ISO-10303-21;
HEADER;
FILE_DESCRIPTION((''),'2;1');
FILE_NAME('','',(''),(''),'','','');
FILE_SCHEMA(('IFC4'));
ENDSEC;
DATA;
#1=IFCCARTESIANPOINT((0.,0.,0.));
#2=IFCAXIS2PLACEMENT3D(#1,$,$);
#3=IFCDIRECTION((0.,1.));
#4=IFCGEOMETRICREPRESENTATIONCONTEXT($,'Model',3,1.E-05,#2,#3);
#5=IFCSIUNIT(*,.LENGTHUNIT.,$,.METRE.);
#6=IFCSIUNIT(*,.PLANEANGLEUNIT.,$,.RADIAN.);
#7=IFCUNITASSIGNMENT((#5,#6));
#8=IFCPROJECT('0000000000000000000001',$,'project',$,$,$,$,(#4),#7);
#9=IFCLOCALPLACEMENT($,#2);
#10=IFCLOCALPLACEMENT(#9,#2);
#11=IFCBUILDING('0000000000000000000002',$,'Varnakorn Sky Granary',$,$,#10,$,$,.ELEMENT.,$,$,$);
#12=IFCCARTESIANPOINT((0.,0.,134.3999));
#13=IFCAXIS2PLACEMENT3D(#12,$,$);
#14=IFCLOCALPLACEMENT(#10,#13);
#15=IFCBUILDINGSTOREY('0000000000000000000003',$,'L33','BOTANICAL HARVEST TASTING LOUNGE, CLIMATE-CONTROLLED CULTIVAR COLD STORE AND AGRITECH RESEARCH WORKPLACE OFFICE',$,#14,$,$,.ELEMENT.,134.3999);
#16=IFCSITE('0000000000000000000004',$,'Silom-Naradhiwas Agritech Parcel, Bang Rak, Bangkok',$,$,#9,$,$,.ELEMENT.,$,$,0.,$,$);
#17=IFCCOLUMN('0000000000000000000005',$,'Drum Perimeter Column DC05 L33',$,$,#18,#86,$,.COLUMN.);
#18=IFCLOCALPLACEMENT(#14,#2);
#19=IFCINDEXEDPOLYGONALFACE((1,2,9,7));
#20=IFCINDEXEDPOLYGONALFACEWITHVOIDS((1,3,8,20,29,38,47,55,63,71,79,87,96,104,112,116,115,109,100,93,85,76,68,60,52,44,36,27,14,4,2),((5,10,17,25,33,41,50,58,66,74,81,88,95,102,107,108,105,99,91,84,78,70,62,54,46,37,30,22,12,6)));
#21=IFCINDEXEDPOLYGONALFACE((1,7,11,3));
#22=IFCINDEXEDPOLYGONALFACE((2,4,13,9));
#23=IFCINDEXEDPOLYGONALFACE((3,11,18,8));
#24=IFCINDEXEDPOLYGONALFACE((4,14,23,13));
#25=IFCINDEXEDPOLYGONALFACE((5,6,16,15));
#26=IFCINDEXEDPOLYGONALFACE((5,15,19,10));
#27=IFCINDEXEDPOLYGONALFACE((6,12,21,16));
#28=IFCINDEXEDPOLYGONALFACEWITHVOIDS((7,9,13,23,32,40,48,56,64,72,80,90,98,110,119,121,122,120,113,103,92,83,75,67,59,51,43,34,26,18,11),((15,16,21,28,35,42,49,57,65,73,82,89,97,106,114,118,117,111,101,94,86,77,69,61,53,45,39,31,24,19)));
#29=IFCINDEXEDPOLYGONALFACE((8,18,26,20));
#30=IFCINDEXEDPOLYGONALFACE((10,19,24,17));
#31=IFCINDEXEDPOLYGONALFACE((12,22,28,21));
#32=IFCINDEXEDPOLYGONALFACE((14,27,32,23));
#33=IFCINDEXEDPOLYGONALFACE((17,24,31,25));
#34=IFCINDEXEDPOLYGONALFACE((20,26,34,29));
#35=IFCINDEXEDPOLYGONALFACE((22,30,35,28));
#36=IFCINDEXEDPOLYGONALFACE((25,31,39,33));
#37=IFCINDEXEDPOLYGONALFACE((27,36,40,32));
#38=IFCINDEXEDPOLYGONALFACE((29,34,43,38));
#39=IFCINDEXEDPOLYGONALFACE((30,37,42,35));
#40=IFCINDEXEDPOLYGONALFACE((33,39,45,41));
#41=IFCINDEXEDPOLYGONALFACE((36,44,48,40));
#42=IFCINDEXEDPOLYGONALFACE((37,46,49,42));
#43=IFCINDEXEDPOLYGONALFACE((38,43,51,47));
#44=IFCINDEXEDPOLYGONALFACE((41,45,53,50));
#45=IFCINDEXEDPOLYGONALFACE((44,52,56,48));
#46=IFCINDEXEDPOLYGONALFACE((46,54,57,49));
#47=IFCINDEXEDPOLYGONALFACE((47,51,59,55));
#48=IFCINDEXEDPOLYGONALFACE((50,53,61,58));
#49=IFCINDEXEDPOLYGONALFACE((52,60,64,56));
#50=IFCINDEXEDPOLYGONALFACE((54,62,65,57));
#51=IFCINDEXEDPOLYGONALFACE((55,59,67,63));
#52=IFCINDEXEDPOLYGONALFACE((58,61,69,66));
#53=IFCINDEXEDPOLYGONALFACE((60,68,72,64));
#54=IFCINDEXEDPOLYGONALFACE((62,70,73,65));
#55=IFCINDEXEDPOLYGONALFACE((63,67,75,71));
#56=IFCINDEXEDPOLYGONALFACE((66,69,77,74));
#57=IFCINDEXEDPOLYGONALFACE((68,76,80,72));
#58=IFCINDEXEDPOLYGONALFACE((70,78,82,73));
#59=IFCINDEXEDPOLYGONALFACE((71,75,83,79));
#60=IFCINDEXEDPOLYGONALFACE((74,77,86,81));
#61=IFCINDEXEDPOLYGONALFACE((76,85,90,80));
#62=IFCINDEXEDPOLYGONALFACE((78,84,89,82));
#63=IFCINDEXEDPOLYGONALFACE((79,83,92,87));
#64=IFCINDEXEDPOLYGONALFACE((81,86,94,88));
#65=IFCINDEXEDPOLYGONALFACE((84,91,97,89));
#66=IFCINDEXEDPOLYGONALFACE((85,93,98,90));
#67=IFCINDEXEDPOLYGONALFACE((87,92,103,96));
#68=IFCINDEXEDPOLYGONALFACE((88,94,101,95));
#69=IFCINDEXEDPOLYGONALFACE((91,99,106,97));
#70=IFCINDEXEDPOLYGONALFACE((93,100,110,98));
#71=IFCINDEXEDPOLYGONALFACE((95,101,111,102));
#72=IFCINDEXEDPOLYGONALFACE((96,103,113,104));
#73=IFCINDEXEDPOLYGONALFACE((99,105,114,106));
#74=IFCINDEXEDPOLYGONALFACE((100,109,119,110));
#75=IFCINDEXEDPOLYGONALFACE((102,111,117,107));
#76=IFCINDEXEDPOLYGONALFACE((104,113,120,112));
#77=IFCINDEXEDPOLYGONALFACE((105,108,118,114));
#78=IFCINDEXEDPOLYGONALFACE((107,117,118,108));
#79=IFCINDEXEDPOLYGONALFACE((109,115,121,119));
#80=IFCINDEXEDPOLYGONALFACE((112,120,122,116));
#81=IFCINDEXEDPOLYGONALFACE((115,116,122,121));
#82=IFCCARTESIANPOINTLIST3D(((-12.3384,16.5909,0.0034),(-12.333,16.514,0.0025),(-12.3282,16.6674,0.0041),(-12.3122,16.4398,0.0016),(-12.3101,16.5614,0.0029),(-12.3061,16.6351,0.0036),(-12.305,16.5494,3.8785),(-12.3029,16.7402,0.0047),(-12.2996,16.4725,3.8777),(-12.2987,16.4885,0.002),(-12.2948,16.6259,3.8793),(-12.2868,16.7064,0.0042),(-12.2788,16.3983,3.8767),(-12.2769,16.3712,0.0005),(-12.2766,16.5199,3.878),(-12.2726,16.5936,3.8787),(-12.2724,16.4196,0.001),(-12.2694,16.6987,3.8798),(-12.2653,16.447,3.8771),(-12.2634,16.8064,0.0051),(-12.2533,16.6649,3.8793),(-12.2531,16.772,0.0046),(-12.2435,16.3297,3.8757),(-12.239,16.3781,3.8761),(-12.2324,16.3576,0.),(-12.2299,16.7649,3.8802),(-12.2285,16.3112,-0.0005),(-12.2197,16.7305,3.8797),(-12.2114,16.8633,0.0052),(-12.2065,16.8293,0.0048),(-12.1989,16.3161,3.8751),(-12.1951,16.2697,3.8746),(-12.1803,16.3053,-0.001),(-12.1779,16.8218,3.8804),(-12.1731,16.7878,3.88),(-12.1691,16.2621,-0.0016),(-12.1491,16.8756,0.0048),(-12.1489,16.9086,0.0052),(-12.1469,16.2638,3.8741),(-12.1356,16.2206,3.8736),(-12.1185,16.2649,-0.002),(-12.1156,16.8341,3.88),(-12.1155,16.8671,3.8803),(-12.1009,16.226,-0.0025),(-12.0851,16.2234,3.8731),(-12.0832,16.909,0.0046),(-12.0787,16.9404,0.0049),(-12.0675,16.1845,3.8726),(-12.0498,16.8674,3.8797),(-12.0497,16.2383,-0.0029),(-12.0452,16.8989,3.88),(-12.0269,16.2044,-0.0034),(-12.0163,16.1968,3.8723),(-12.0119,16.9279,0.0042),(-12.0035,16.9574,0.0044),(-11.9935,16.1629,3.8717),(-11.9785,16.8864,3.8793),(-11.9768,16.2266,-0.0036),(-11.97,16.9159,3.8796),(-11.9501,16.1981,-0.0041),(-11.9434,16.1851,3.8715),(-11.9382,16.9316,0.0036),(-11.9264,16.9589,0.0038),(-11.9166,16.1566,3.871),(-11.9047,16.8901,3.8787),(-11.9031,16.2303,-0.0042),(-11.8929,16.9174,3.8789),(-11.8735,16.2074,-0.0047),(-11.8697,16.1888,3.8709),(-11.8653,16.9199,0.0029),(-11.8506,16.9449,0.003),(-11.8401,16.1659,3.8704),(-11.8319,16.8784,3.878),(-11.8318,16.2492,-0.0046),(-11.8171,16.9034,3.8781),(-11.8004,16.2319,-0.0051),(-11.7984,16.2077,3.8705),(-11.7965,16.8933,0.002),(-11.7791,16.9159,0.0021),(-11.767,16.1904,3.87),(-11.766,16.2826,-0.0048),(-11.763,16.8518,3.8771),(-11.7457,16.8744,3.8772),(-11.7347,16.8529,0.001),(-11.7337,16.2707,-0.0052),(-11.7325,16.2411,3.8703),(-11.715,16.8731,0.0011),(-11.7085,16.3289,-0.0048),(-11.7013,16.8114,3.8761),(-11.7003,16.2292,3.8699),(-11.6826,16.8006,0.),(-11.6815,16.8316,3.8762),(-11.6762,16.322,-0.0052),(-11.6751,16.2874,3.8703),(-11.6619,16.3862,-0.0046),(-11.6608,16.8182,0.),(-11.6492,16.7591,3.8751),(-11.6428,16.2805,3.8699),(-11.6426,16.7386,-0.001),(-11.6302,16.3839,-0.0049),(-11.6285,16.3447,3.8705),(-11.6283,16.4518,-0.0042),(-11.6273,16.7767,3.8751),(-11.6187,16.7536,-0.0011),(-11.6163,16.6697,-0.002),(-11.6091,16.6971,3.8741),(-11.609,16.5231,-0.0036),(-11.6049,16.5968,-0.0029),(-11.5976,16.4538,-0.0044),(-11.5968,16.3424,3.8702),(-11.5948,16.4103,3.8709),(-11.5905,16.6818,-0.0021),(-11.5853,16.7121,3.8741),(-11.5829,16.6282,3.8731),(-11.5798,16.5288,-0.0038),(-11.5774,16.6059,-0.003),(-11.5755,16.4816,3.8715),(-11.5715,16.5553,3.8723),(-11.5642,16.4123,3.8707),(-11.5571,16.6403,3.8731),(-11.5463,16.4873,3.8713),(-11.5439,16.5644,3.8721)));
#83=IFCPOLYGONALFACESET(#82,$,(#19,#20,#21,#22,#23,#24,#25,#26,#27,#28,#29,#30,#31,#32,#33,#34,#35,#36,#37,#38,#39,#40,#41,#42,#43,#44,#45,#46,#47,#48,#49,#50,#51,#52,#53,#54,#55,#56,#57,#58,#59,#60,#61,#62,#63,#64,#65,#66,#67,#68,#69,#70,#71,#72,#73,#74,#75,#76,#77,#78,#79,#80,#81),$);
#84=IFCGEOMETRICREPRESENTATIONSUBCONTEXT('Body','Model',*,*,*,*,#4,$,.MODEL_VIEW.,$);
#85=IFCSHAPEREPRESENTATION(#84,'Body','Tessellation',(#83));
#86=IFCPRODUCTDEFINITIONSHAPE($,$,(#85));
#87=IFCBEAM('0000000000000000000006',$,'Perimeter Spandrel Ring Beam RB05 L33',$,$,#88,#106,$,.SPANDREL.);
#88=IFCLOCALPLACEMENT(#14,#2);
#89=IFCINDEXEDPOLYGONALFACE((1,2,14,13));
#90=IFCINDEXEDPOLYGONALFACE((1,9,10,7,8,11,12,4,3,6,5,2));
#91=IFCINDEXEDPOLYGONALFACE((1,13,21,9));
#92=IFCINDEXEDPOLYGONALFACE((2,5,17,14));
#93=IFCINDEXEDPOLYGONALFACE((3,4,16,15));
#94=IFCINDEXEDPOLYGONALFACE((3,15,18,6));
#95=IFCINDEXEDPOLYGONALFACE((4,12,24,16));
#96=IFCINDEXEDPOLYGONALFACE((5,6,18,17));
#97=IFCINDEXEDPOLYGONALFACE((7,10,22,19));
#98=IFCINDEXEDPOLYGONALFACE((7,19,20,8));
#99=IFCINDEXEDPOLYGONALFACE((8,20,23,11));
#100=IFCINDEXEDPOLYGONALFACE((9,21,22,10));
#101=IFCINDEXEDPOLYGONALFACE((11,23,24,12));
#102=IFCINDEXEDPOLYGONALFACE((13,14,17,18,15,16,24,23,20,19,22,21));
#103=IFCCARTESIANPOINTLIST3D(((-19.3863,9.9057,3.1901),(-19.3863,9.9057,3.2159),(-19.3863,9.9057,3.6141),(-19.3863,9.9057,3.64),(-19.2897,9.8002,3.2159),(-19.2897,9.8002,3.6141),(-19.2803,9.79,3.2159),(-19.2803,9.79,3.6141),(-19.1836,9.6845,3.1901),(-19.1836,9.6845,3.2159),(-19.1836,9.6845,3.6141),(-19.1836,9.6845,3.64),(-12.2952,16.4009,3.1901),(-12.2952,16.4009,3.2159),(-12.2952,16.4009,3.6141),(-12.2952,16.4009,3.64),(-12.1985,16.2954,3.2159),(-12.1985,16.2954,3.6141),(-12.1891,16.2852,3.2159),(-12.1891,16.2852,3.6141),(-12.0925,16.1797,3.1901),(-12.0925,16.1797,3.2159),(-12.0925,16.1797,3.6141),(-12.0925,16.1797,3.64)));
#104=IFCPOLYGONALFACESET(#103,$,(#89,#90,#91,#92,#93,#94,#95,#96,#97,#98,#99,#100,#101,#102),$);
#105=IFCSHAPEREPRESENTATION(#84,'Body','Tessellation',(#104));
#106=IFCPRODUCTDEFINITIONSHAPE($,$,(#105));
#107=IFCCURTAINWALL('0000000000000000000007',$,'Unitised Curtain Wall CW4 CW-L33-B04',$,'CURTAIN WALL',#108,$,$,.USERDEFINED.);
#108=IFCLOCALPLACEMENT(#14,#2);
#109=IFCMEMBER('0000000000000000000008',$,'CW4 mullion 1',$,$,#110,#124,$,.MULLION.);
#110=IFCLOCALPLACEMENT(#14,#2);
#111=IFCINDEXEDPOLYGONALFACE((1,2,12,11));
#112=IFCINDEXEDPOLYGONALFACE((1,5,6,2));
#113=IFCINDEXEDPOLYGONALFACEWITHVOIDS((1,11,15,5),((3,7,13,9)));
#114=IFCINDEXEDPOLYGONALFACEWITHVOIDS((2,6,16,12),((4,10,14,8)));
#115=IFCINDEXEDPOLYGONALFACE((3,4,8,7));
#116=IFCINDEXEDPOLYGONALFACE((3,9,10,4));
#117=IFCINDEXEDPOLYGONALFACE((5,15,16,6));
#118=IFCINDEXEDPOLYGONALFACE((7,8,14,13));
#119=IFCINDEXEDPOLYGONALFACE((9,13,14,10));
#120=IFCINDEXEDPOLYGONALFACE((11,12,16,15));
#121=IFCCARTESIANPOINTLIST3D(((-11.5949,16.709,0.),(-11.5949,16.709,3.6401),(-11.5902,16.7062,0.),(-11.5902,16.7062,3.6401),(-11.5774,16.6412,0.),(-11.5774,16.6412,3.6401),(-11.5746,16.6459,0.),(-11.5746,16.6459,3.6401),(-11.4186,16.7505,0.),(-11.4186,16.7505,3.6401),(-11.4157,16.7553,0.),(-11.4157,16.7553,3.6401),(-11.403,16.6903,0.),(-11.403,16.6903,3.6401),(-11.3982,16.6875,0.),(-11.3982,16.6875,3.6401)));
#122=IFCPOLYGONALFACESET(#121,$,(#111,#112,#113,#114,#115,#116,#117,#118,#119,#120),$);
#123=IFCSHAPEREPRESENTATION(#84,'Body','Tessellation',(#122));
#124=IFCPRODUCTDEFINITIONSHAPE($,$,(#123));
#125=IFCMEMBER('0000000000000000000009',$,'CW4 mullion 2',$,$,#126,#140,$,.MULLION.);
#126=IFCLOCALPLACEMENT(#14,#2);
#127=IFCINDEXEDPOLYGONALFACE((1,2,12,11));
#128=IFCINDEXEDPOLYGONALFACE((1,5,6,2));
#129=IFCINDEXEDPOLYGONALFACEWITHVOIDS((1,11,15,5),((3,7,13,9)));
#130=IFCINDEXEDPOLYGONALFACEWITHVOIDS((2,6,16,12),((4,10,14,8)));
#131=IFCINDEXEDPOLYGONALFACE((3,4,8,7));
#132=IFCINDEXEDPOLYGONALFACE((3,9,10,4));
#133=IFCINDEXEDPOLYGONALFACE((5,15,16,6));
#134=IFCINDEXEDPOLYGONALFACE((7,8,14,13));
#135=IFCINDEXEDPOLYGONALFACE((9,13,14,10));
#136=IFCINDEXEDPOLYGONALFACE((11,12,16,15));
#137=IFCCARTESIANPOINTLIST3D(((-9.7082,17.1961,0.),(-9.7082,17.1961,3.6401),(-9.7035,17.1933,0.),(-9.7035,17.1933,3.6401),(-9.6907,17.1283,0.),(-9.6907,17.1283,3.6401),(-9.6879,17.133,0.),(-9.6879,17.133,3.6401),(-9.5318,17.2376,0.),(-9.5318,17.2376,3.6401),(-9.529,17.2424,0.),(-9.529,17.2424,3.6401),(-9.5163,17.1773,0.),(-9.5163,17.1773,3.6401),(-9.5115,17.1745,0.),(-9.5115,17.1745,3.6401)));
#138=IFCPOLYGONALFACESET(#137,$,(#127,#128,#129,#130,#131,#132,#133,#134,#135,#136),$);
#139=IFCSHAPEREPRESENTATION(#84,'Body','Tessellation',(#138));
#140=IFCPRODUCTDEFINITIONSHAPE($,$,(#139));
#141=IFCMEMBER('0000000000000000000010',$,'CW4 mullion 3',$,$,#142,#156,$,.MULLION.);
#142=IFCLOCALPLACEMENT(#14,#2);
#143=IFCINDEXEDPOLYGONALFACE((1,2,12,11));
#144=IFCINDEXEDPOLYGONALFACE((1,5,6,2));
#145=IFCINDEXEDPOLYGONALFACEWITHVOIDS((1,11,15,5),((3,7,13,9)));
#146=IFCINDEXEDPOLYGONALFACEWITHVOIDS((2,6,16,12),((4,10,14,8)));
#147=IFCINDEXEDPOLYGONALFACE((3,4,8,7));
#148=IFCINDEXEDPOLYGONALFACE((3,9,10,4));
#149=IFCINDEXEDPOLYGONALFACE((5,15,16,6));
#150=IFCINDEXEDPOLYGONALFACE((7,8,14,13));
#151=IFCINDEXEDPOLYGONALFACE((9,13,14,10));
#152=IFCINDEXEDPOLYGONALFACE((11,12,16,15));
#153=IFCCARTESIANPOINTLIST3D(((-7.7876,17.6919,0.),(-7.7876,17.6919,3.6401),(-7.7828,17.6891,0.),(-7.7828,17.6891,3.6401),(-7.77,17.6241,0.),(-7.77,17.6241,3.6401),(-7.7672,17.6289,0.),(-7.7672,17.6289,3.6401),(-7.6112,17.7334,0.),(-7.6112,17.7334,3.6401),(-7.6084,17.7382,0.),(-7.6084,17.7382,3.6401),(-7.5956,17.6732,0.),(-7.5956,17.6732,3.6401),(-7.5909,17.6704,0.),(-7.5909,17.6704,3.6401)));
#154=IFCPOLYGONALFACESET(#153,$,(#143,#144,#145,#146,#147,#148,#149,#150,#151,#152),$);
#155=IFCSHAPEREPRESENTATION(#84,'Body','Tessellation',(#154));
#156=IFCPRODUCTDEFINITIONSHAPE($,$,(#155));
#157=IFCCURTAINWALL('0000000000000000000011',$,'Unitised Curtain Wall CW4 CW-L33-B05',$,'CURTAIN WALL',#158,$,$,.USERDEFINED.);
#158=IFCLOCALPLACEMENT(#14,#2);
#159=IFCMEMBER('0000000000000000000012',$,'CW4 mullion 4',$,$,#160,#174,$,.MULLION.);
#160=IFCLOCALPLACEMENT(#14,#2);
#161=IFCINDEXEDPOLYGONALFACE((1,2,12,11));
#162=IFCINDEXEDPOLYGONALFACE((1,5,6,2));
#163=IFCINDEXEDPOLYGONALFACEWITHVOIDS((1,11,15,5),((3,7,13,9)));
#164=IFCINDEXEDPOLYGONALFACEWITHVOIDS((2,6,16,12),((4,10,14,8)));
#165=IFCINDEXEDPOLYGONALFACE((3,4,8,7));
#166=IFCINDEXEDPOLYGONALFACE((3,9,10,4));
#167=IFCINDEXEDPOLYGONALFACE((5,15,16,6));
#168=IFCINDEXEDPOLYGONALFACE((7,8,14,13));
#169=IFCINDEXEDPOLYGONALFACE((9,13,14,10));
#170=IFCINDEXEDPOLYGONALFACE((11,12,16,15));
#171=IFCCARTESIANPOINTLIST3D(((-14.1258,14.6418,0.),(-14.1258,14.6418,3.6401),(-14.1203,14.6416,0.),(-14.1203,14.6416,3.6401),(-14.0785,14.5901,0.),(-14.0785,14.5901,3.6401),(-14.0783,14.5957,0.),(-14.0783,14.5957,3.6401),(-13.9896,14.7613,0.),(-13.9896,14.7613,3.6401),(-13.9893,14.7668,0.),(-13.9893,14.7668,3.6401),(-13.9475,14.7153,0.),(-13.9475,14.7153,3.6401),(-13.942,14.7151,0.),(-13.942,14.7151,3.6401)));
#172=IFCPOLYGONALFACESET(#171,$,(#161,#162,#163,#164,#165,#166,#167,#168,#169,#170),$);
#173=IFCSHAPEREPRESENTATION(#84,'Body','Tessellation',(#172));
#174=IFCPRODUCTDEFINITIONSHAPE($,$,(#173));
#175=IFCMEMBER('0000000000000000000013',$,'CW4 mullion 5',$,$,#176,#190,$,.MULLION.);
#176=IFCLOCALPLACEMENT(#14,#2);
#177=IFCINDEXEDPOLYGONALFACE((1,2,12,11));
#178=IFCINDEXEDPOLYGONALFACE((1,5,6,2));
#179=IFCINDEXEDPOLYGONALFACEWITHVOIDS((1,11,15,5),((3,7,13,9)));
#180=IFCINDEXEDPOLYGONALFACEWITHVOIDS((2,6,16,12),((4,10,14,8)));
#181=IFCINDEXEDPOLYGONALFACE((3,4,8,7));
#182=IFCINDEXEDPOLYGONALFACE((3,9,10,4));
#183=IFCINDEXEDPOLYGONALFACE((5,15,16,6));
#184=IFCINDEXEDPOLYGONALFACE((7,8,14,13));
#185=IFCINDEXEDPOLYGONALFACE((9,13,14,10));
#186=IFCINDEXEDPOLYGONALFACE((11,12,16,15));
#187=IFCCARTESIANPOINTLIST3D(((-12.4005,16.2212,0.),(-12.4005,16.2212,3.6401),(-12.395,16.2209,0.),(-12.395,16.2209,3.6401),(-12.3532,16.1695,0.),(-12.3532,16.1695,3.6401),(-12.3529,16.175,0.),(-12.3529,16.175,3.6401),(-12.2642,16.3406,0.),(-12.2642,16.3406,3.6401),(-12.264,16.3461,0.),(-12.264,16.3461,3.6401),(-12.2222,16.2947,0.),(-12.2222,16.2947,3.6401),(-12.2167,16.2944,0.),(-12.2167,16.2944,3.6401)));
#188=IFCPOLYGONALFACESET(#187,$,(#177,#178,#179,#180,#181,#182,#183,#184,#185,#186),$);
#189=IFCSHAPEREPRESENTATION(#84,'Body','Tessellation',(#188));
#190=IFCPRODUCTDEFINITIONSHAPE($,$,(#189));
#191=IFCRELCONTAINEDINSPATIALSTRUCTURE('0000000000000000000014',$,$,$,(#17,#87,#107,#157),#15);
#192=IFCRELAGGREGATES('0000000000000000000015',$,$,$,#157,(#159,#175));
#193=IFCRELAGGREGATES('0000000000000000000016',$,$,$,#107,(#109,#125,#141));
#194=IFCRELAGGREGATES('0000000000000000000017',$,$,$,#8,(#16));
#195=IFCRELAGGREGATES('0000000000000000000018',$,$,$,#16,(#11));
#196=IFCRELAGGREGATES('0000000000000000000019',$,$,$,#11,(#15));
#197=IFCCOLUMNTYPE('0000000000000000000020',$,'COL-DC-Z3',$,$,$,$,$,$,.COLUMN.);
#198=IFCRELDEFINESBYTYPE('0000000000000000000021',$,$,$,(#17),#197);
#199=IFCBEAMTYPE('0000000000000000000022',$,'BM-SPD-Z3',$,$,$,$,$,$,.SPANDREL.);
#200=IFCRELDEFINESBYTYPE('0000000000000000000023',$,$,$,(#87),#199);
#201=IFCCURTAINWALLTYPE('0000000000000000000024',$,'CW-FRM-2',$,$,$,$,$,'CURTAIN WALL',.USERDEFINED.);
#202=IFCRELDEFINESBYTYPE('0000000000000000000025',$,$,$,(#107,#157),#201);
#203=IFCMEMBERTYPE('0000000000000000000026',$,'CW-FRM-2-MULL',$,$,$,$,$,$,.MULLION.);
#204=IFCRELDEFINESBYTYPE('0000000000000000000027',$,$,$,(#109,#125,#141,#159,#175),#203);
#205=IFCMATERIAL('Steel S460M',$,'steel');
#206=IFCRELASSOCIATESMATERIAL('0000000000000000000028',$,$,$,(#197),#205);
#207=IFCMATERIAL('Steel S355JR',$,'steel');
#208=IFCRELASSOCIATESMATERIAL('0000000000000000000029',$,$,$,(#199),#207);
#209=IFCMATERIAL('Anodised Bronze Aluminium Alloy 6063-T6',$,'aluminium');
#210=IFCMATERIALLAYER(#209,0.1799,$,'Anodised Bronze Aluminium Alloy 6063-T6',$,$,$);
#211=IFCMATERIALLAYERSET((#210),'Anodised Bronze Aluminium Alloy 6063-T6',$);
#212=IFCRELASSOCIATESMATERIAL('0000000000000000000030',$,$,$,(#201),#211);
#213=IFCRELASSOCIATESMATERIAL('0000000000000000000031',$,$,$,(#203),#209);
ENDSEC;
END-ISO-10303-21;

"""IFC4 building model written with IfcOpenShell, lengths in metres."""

from ifc_helpers import new_model, si_unit, direction, frame, origin, origin_2d, place, context, subcontext, project, spatial, hollow_rectangle, hollow_circle, i_section, extrude, material, layer, layer_set, material_profile, profile_set, type_object, element, aggregate, save


model = new_model("IFC4")

# Units and contexts
model_context = context("Model", 3, precision=1e-05, world=origin(), true_north=direction((0.0, 1.0)))
body_context = subcontext(model_context, "Body", "Model", "MODEL_VIEW")
ifc_project = project(units=[si_unit("LENGTHUNIT", "METRE"), si_unit("PLANEANGLEUNIT", "RADIAN")], contexts=[model_context])

# Site, building, storey
site_placement = place(None, origin())
site = spatial("IfcSite", under=ifc_project, at=site_placement, Name="Silom-Naradhiwas Agritech Parcel, Bang Rak, Bangkok", CompositionType="ELEMENT", RefElevation=0.0)
building_placement = place(site_placement, origin())
building = spatial("IfcBuilding", under=site, at=building_placement, Name="Varnakorn Sky Granary", CompositionType="ELEMENT")
storey_placement = place(building_placement, frame((0.0, 0.0, 134.3999)))
storey = spatial("IfcBuildingStorey", under=building, at=storey_placement, Name="L33", Description="BOTANICAL HARVEST TASTING LOUNGE, CLIMATE-CONTROLLED CULTIVAR COLD STORE AND AGRITECH RESEARCH WORKPLACE OFFICE", CompositionType="ELEMENT", Elevation=134.3999)

# Column
ifc_material_1 = material(Name="Steel S460M", Category="steel")
ifc_material_profile_1 = material_profile(ifc_material_1, hollow_circle(Radius=0.3811, WallThickness=0.0281, at=origin_2d()), Name="CHS 762x28")
ifc_profile_set_1 = profile_set([ifc_material_profile_1], Name="Steel S460M")
column_type = type_object("IfcColumnType", Name="COL-DC-Z3", PredefinedType="COLUMN", material=ifc_profile_set_1)
column_placement = place(storey_placement, frame((-11.9575, 16.5791, 0.0), z_axis=(0.008631, -0.01071, 0.999905), x_axis=(0.77863, 0.627484, 0.0)))
element("IfcColumn", 1, at=column_placement, inside=storey, type_object=column_type, Name="Drum Perimeter Column DC05 L33", PredefinedType="COLUMN", context=body_context, shape_type="SweptSolid", body=[
    extrude(hollow_circle(Radius=0.3811, WallThickness=0.0281, at=origin_2d()), origin(), (0.0, 0.0, 1.0), 3.8755),
])

# Beam
ifc_material_2 = material(Name="Steel S355JR", Category="steel")
ifc_material_profile_2 = material_profile(ifc_material_2, i_section(OverallWidth=0.3, OverallDepth=0.45, WebThickness=0.0139, FlangeThickness=0.0259, at=origin_2d()), Name="HE 450 B")
ifc_profile_set_2 = profile_set([ifc_material_profile_2], Name="Steel S355JR")
beam_type = type_object("IfcBeamType", Name="BM-SPD-Z3", PredefinedType="SPANDREL", material=ifc_profile_set_2)
beam_placement = place(storey_placement, frame((-12.1938, 16.2903, 3.415), z_axis=(-0.737414, -0.675441, 0.0), x_axis=(0.675441, -0.737414, 0.0)))
element("IfcBeam", 2, at=beam_placement, inside=storey, type_object=beam_type, Name="Perimeter Spandrel Ring Beam RB05 L33", PredefinedType="SPANDREL", context=body_context, shape_type="SweptSolid", body=[
    extrude(i_section(OverallWidth=0.3, OverallDepth=0.45, WebThickness=0.0139, FlangeThickness=0.0259, at=origin_2d()), origin(), (0.0, 0.0, 1.0), 9.6162),
])

# Curtain walls, members
ifc_material_3 = material(Name="Anodised Bronze Aluminium Alloy 6063-T6", Category="aluminium")
ifc_layer_1 = layer(ifc_material_3, 0.1799, Name="Anodised Bronze Aluminium Alloy 6063-T6")
ifc_layer_set_1 = layer_set([ifc_layer_1], Name="Anodised Bronze Aluminium Alloy 6063-T6")
curtain_wall_type = type_object("IfcCurtainWallType", Name="CW-FRM-2", ElementType="CURTAIN WALL", PredefinedType="USERDEFINED", material=ifc_layer_set_1)
curtain_wall_1_placement = place(storey_placement, origin())
curtain_wall_1 = element("IfcCurtainWall", 3, at=curtain_wall_1_placement, inside=storey, type_object=curtain_wall_type, Name="Unitised Curtain Wall CW4 CW-L33-B04", ObjectType="CURTAIN WALL", PredefinedType="USERDEFINED")
ifc_material_profile_3 = material_profile(ifc_material_3, hollow_rectangle(XDim=0.0701, YDim=0.1851, WallThickness=0.0039, at=origin_2d()), Name="ALU MULL 70x185")
ifc_profile_set_3 = profile_set([ifc_material_profile_3], Name="Anodised Bronze Aluminium Alloy 6063-T6")
member_type_1 = type_object("IfcMemberType", Name="CW-FRM-2-MULL", PredefinedType="MULLION", material=ifc_profile_set_3)
member_1_placement = place(storey_placement, frame((-11.4966, 16.6982, 0.0), z_axis=(0.0, 0.0, 1.0), x_axis=(-0.24998, 0.968251, 0.0)))
member_1 = element("IfcMember", 4, at=member_1_placement, type_object=member_type_1, Name="CW4 mullion 1", PredefinedType="MULLION", context=body_context, shape_type="SweptSolid", body=[
    extrude(hollow_rectangle(XDim=0.0701, YDim=0.1851, WallThickness=0.0039, at=origin_2d()), origin(), (0.0, 0.0, 1.0), 3.6401),
])
member_2_placement = place(storey_placement, frame((-9.6099, 17.1853, 0.0), z_axis=(0.0, 0.0, 1.0), x_axis=(-0.24998, 0.968251, 0.0)))
member_2 = element("IfcMember", 5, at=member_2_placement, type_object=member_type_1, Name="CW4 mullion 2", PredefinedType="MULLION", context=body_context, shape_type="SweptSolid", body=[
    extrude(hollow_rectangle(XDim=0.0701, YDim=0.1851, WallThickness=0.0039, at=origin_2d()), origin(), (0.0, 0.0, 1.0), 3.6401),
])
member_3_placement = place(storey_placement, frame((-7.6892, 17.6812, 0.0), z_axis=(0.0, 0.0, 1.0), x_axis=(-0.24998, 0.968251, 0.0)))
member_3 = element("IfcMember", 6, at=member_3_placement, type_object=member_type_1, Name="CW4 mullion 3", PredefinedType="MULLION", context=body_context, shape_type="SweptSolid", body=[
    extrude(hollow_rectangle(XDim=0.0701, YDim=0.1851, WallThickness=0.0039, at=origin_2d()), origin(), (0.0, 0.0, 1.0), 3.6401),
])
curtain_wall_2_placement = place(storey_placement, origin())
curtain_wall_2 = element("IfcCurtainWall", 7, at=curtain_wall_2_placement, inside=storey, type_object=curtain_wall_type, Name="Unitised Curtain Wall CW4 CW-L33-B05", ObjectType="CURTAIN WALL", PredefinedType="USERDEFINED")
member_4_placement = place(storey_placement, frame((-14.0339, 14.6785, 0.0), z_axis=(0.0, 0.0, 1.0), x_axis=(-0.675183, 0.737651, 0.0)))
member_4 = element("IfcMember", 8, at=member_4_placement, type_object=member_type_1, Name="CW4 mullion 4", PredefinedType="MULLION", context=body_context, shape_type="SweptSolid", body=[
    extrude(hollow_rectangle(XDim=0.0701, YDim=0.1851, WallThickness=0.0039, at=origin_2d()), origin(), (0.0, 0.0, 1.0), 3.6401),
])
member_5_placement = place(storey_placement, frame((-12.3086, 16.2578, 0.0), z_axis=(0.0, 0.0, 1.0), x_axis=(-0.675183, 0.737651, 0.0)))
member_5 = element("IfcMember", 9, at=member_5_placement, type_object=member_type_1, Name="CW4 mullion 5", PredefinedType="MULLION", context=body_context, shape_type="SweptSolid", body=[
    extrude(hollow_rectangle(XDim=0.0701, YDim=0.1851, WallThickness=0.0039, at=origin_2d()), origin(), (0.0, 0.0, 1.0), 3.6401),
])

aggregate(curtain_wall_2, [member_4, member_5])
aggregate(curtain_wall_1, [member_1, member_2, member_3])

save(model, "model.ifc")
